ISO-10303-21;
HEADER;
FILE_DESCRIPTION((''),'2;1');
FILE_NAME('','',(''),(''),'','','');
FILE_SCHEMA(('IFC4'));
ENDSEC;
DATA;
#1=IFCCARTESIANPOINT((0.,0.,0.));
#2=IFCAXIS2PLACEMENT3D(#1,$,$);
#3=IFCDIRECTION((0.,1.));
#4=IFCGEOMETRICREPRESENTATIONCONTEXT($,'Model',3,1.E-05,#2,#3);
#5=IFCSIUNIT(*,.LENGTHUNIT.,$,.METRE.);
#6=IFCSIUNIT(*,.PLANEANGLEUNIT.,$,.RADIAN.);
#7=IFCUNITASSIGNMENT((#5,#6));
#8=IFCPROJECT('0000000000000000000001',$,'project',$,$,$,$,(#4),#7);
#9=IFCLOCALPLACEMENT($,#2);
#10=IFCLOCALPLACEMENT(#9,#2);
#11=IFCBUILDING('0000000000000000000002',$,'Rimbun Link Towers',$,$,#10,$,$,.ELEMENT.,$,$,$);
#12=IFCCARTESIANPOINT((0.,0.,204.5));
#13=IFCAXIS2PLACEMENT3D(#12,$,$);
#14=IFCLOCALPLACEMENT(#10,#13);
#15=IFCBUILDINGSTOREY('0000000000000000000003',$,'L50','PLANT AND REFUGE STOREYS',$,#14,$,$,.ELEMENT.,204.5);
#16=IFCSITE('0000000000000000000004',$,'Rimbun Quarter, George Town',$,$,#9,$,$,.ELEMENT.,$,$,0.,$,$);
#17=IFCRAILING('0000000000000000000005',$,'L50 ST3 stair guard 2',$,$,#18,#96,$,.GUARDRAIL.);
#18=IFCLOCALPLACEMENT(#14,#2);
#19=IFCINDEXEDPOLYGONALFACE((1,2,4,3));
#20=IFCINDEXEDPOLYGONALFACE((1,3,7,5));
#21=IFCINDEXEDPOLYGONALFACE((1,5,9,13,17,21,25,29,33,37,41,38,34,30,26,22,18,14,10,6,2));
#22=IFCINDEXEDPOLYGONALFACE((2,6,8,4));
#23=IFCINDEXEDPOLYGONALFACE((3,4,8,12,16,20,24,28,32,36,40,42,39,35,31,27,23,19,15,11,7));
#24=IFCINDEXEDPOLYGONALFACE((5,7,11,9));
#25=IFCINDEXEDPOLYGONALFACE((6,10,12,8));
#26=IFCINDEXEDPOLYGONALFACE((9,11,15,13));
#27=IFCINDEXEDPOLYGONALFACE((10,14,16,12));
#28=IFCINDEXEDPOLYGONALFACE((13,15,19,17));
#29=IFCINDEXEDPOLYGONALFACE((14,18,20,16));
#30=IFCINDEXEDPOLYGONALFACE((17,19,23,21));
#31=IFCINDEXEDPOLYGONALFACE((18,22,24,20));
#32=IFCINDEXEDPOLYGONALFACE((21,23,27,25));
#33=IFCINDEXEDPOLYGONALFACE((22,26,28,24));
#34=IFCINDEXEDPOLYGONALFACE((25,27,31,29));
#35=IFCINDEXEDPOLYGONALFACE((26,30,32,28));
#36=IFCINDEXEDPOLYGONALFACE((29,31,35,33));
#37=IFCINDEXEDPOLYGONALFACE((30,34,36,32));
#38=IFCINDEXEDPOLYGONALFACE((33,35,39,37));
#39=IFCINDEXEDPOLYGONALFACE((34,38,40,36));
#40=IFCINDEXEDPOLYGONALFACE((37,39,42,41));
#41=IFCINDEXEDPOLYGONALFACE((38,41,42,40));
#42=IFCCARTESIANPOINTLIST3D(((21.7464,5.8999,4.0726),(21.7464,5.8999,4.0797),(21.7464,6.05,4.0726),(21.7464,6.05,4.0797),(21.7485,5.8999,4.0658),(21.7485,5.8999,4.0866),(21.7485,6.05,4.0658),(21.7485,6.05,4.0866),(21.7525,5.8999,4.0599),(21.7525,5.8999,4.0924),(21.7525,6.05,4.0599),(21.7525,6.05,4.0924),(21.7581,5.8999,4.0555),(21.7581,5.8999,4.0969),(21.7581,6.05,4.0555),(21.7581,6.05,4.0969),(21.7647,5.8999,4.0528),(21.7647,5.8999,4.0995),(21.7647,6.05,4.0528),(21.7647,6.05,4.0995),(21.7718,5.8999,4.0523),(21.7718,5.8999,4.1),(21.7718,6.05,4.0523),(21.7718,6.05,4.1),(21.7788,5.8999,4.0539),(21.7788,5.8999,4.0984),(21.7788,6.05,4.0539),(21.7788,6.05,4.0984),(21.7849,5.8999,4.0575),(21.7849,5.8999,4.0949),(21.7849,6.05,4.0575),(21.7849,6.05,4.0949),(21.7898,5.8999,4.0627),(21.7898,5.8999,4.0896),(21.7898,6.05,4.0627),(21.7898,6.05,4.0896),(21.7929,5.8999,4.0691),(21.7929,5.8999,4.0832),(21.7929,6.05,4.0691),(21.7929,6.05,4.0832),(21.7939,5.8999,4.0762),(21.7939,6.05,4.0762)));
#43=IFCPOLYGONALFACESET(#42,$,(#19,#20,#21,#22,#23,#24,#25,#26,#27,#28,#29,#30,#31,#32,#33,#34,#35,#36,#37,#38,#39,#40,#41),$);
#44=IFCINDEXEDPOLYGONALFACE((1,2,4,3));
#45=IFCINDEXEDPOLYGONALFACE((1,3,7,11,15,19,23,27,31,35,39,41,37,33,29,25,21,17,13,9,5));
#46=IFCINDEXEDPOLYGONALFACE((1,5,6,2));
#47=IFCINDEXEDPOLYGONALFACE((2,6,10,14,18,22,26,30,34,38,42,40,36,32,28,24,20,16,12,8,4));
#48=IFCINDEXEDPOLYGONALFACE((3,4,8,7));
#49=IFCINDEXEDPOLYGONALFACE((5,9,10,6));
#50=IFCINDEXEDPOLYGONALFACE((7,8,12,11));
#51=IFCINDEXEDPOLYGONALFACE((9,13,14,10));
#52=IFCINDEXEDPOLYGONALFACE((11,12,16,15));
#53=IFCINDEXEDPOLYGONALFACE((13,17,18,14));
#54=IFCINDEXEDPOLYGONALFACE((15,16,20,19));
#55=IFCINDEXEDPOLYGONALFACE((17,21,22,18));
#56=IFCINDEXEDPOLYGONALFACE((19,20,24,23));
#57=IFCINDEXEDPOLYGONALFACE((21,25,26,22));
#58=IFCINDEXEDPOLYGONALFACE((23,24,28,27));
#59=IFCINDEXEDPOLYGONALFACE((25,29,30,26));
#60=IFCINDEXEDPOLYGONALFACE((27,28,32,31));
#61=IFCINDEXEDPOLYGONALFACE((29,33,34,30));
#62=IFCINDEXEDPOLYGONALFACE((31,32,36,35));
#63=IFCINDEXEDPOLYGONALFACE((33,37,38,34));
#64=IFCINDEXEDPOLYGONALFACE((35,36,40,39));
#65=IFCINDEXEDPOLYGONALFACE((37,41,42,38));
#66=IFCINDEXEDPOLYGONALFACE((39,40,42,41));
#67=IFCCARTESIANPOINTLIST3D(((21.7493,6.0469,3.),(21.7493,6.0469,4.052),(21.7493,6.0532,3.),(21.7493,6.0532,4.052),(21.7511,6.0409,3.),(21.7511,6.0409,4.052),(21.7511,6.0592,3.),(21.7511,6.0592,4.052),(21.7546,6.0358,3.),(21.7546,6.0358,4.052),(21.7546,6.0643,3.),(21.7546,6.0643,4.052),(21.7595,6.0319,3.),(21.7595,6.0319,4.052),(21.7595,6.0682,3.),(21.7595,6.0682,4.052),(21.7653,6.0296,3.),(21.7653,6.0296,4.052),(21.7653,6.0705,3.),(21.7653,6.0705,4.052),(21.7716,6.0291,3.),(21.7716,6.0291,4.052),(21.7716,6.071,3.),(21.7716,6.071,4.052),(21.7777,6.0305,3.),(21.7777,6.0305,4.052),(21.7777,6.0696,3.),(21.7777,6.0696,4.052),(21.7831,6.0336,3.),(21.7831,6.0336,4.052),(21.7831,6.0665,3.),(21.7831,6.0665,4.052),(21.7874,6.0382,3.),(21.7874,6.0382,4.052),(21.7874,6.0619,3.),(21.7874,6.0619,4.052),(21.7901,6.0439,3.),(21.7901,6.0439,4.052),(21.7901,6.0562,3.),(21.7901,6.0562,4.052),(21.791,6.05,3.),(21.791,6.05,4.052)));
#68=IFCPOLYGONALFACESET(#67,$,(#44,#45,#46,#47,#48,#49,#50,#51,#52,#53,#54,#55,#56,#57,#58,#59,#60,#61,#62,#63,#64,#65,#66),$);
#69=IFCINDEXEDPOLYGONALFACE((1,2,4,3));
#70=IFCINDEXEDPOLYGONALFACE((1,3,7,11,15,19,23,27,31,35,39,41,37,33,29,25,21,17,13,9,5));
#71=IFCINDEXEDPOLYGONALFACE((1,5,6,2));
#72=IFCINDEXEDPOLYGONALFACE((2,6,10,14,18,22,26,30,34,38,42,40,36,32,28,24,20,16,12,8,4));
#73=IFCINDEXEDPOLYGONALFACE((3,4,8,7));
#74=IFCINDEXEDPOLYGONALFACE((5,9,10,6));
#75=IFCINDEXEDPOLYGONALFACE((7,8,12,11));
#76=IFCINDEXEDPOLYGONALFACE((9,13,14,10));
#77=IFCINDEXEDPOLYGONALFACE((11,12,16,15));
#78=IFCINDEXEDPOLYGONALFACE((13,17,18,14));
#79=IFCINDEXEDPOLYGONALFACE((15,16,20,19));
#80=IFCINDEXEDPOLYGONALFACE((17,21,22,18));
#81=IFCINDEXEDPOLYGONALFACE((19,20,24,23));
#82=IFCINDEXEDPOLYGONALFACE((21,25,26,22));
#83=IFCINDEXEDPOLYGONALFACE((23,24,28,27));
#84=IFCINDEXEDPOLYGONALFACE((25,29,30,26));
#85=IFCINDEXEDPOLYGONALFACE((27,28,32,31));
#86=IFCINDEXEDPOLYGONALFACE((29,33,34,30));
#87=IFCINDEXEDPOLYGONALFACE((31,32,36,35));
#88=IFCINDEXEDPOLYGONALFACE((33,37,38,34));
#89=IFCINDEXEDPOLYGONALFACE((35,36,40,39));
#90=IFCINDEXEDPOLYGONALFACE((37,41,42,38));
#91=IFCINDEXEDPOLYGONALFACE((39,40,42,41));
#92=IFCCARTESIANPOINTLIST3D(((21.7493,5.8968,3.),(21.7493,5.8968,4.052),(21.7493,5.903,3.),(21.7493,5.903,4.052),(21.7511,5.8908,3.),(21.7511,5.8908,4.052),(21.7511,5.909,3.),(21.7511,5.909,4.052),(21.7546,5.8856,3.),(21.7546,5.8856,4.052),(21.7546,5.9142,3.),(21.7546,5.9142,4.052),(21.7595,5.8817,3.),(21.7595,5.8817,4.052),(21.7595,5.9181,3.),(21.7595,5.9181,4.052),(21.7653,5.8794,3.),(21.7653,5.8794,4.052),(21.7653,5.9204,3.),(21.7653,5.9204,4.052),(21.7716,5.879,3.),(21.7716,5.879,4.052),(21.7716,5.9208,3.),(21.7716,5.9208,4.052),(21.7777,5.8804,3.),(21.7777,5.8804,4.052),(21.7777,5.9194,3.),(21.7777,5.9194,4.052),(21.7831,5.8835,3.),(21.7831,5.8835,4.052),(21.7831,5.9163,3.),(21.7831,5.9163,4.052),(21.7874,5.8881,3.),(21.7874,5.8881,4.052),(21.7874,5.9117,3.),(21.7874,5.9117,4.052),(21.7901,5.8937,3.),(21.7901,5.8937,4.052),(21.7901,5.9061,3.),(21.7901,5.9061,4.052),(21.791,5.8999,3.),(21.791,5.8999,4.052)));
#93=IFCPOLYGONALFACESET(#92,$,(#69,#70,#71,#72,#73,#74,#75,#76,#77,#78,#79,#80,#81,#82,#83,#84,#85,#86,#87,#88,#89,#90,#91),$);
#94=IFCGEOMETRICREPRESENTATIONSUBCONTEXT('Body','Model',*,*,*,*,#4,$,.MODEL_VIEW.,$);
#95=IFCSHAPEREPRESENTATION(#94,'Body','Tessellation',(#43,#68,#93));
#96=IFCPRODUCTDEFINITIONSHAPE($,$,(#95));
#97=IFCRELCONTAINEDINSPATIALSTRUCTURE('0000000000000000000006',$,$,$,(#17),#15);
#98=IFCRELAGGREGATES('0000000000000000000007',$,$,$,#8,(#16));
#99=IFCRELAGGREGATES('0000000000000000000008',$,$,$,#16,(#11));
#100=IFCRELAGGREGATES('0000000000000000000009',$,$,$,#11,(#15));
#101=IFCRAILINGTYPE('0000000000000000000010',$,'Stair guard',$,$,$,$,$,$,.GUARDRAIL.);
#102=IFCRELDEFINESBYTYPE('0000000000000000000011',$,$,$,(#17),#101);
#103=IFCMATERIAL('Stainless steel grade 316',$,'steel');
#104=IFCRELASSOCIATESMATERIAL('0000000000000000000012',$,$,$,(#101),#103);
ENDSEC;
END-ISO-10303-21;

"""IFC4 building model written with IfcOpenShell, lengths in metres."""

from ifc_helpers import new_model, si_unit, direction, frame, origin, origin_2d, place, context, subcontext, project, spatial, circle, extrude, material, type_object, element, save


model = new_model("IFC4")

# Units and contexts
model_context = context("Model", 3, precision=1e-05, world=origin(), true_north=direction((0.0, 1.0)))
body_context = subcontext(model_context, "Body", "Model", "MODEL_VIEW")
ifc_project = project(units=[si_unit("LENGTHUNIT", "METRE"), si_unit("PLANEANGLEUNIT", "RADIAN")], contexts=[model_context])

# Site, building, storey
site_placement = place(None, origin())
site = spatial("IfcSite", under=ifc_project, at=site_placement, Name="Rimbun Quarter, George Town", CompositionType="ELEMENT", RefElevation=0.0)
building_placement = place(site_placement, origin())
building = spatial("IfcBuilding", under=site, at=building_placement, Name="Rimbun Link Towers", CompositionType="ELEMENT")
storey_placement = place(building_placement, frame((0.0, 0.0, 204.5)))
storey = spatial("IfcBuildingStorey", under=building, at=storey_placement, Name="L50", Description="PLANT AND REFUGE STOREYS", CompositionType="ELEMENT", Elevation=204.5)

# Railing
ifc_material_1 = material(Name="Stainless steel grade 316", Category="steel")
railing_type_1 = type_object("IfcRailingType", Name="Stair guard", PredefinedType="GUARDRAIL", material=ifc_material_1)
railing_1_placement = place(storey_placement, frame((21.77, 6.05, 3.0)))
element("IfcRailing", 1, at=railing_1_placement, inside=storey, type_object=railing_type_1, Name="L50 ST3 stair guard 2", PredefinedType="GUARDRAIL", context=body_context, shape_type="SweptSolid", body=[
    extrude(circle(Radius=0.0239, at=origin_2d()), frame((0.0, 0.0, 1.0762), z_axis=(0.0, -1.0, 0.0), x_axis=(1.0, 0.0, 0.0)), (0.0, 0.0, 1.0), 0.1501),
    extrude(circle(Radius=0.021, at=origin_2d()), origin(), (0.0, 0.0, 1.0), 1.052),
    extrude(circle(Radius=0.021, at=origin_2d()), frame((0.0, -0.1501, 0.0)), (0.0, 0.0, 1.0), 1.052),
])

save(model, "model.ifc")
